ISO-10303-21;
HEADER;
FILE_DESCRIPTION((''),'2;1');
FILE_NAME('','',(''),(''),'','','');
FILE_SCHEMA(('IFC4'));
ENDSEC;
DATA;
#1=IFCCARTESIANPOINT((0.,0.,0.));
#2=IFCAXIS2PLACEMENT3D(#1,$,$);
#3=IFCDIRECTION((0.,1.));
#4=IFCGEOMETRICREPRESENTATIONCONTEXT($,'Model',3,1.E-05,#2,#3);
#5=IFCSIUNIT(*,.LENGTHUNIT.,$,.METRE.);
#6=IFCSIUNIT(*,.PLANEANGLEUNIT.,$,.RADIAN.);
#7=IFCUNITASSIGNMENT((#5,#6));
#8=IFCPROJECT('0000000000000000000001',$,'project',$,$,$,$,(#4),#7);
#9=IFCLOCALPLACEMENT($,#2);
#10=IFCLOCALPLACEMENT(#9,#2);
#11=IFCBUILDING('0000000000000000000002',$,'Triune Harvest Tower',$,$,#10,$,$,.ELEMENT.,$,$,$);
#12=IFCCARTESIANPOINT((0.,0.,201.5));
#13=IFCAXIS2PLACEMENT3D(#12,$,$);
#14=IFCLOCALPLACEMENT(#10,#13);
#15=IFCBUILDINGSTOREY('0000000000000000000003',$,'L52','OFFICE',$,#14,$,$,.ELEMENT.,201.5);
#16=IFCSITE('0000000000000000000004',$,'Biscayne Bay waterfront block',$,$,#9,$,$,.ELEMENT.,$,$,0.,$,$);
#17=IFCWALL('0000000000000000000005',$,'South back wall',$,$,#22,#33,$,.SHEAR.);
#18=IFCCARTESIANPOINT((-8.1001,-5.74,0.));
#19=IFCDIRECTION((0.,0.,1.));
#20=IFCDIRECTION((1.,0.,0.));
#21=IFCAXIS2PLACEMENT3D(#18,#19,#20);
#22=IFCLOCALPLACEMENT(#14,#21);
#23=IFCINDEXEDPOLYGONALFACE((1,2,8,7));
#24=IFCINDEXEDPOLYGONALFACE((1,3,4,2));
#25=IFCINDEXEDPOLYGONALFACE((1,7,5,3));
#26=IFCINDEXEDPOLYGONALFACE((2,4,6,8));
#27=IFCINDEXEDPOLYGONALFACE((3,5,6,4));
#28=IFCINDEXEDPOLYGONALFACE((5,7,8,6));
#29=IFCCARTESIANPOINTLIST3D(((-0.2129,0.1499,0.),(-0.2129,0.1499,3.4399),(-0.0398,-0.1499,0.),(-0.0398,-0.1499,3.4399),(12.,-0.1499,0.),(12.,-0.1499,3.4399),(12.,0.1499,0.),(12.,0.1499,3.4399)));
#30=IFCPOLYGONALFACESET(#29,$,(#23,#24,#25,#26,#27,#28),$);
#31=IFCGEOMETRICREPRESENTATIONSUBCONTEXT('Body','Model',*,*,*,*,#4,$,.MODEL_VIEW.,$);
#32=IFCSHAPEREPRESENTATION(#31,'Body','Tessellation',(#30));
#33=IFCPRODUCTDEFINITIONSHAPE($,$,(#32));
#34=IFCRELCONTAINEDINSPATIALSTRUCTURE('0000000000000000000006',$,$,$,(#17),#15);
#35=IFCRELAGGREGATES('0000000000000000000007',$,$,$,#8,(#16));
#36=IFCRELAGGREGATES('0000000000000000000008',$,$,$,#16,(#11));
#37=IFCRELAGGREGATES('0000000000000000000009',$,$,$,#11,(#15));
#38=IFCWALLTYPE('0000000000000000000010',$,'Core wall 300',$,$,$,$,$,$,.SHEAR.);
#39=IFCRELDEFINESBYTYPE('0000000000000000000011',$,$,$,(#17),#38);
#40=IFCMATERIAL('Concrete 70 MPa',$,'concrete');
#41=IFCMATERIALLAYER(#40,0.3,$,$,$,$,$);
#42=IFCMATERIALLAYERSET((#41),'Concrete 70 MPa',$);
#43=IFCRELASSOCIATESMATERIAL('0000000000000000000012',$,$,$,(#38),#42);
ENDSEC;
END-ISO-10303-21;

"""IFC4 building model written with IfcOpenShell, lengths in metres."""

from ifc_helpers import new_model, si_unit, direction, frame, origin, place, context, subcontext, project, spatial, polyline, outline, extrude, source, transform, mapped, material, layer, layer_set, type_object, element, save


model = new_model("IFC4")

# Units and contexts
model_context = context("Model", 3, precision=1e-05, world=origin(), true_north=direction((0.0, 1.0)))
body_context = subcontext(model_context, "Body", "Model", "MODEL_VIEW")
ifc_project = project(units=[si_unit("LENGTHUNIT", "METRE"), si_unit("PLANEANGLEUNIT", "RADIAN")], contexts=[model_context])

# Site, building, storey
site_placement = place(None, origin())
site = spatial("IfcSite", under=ifc_project, at=site_placement, Name="Biscayne Bay waterfront block", CompositionType="ELEMENT", RefElevation=0.0)
building_placement = place(site_placement, origin())
building = spatial("IfcBuilding", under=site, at=building_placement, Name="Triune Harvest Tower", CompositionType="ELEMENT")
storey_placement = place(building_placement, frame((0.0, 0.0, 201.5)))
storey = spatial("IfcBuildingStorey", under=building, at=storey_placement, Name="L52", Description="OFFICE", CompositionType="ELEMENT", Elevation=201.5)

# Wall
ifc_material_1 = material(Name="Concrete 70 MPa", Category="concrete")
ifc_layer_1 = layer(ifc_material_1, 0.3)
ifc_layer_set_1 = layer_set([ifc_layer_1], Name="Concrete 70 MPa")
wall_type_1 = type_object("IfcWallType", Name="Core wall 300", PredefinedType="SHEAR", material=ifc_layer_set_1)
shared_shape_1 = source(origin(), body_context, "Body", "SweptSolid", [
    extrude(outline(polyline([(12.0, -0.1499), (-0.0398, -0.1499), (-0.2129, 0.1499), (12.0, 0.1499), (12.0, -0.1499)])), origin(), (0.0, 0.0, 1.0), 3.4399),
])
wall_1_placement = place(storey_placement, frame((-8.1001, -5.74, 0.0), z_axis=(0.0, 0.0, 1.0), x_axis=(1.0, 0.0, 0.0)))
element("IfcWall", 1, at=wall_1_placement, inside=storey, type_object=wall_type_1, Name="South back wall", PredefinedType="SHEAR", context=body_context, shape_type="MappedRepresentation", body=[
    mapped(shared_shape_1, transform((0.0, 0.0, 0.0), scale=1.0)),
])

save(model, "model.ifc")
